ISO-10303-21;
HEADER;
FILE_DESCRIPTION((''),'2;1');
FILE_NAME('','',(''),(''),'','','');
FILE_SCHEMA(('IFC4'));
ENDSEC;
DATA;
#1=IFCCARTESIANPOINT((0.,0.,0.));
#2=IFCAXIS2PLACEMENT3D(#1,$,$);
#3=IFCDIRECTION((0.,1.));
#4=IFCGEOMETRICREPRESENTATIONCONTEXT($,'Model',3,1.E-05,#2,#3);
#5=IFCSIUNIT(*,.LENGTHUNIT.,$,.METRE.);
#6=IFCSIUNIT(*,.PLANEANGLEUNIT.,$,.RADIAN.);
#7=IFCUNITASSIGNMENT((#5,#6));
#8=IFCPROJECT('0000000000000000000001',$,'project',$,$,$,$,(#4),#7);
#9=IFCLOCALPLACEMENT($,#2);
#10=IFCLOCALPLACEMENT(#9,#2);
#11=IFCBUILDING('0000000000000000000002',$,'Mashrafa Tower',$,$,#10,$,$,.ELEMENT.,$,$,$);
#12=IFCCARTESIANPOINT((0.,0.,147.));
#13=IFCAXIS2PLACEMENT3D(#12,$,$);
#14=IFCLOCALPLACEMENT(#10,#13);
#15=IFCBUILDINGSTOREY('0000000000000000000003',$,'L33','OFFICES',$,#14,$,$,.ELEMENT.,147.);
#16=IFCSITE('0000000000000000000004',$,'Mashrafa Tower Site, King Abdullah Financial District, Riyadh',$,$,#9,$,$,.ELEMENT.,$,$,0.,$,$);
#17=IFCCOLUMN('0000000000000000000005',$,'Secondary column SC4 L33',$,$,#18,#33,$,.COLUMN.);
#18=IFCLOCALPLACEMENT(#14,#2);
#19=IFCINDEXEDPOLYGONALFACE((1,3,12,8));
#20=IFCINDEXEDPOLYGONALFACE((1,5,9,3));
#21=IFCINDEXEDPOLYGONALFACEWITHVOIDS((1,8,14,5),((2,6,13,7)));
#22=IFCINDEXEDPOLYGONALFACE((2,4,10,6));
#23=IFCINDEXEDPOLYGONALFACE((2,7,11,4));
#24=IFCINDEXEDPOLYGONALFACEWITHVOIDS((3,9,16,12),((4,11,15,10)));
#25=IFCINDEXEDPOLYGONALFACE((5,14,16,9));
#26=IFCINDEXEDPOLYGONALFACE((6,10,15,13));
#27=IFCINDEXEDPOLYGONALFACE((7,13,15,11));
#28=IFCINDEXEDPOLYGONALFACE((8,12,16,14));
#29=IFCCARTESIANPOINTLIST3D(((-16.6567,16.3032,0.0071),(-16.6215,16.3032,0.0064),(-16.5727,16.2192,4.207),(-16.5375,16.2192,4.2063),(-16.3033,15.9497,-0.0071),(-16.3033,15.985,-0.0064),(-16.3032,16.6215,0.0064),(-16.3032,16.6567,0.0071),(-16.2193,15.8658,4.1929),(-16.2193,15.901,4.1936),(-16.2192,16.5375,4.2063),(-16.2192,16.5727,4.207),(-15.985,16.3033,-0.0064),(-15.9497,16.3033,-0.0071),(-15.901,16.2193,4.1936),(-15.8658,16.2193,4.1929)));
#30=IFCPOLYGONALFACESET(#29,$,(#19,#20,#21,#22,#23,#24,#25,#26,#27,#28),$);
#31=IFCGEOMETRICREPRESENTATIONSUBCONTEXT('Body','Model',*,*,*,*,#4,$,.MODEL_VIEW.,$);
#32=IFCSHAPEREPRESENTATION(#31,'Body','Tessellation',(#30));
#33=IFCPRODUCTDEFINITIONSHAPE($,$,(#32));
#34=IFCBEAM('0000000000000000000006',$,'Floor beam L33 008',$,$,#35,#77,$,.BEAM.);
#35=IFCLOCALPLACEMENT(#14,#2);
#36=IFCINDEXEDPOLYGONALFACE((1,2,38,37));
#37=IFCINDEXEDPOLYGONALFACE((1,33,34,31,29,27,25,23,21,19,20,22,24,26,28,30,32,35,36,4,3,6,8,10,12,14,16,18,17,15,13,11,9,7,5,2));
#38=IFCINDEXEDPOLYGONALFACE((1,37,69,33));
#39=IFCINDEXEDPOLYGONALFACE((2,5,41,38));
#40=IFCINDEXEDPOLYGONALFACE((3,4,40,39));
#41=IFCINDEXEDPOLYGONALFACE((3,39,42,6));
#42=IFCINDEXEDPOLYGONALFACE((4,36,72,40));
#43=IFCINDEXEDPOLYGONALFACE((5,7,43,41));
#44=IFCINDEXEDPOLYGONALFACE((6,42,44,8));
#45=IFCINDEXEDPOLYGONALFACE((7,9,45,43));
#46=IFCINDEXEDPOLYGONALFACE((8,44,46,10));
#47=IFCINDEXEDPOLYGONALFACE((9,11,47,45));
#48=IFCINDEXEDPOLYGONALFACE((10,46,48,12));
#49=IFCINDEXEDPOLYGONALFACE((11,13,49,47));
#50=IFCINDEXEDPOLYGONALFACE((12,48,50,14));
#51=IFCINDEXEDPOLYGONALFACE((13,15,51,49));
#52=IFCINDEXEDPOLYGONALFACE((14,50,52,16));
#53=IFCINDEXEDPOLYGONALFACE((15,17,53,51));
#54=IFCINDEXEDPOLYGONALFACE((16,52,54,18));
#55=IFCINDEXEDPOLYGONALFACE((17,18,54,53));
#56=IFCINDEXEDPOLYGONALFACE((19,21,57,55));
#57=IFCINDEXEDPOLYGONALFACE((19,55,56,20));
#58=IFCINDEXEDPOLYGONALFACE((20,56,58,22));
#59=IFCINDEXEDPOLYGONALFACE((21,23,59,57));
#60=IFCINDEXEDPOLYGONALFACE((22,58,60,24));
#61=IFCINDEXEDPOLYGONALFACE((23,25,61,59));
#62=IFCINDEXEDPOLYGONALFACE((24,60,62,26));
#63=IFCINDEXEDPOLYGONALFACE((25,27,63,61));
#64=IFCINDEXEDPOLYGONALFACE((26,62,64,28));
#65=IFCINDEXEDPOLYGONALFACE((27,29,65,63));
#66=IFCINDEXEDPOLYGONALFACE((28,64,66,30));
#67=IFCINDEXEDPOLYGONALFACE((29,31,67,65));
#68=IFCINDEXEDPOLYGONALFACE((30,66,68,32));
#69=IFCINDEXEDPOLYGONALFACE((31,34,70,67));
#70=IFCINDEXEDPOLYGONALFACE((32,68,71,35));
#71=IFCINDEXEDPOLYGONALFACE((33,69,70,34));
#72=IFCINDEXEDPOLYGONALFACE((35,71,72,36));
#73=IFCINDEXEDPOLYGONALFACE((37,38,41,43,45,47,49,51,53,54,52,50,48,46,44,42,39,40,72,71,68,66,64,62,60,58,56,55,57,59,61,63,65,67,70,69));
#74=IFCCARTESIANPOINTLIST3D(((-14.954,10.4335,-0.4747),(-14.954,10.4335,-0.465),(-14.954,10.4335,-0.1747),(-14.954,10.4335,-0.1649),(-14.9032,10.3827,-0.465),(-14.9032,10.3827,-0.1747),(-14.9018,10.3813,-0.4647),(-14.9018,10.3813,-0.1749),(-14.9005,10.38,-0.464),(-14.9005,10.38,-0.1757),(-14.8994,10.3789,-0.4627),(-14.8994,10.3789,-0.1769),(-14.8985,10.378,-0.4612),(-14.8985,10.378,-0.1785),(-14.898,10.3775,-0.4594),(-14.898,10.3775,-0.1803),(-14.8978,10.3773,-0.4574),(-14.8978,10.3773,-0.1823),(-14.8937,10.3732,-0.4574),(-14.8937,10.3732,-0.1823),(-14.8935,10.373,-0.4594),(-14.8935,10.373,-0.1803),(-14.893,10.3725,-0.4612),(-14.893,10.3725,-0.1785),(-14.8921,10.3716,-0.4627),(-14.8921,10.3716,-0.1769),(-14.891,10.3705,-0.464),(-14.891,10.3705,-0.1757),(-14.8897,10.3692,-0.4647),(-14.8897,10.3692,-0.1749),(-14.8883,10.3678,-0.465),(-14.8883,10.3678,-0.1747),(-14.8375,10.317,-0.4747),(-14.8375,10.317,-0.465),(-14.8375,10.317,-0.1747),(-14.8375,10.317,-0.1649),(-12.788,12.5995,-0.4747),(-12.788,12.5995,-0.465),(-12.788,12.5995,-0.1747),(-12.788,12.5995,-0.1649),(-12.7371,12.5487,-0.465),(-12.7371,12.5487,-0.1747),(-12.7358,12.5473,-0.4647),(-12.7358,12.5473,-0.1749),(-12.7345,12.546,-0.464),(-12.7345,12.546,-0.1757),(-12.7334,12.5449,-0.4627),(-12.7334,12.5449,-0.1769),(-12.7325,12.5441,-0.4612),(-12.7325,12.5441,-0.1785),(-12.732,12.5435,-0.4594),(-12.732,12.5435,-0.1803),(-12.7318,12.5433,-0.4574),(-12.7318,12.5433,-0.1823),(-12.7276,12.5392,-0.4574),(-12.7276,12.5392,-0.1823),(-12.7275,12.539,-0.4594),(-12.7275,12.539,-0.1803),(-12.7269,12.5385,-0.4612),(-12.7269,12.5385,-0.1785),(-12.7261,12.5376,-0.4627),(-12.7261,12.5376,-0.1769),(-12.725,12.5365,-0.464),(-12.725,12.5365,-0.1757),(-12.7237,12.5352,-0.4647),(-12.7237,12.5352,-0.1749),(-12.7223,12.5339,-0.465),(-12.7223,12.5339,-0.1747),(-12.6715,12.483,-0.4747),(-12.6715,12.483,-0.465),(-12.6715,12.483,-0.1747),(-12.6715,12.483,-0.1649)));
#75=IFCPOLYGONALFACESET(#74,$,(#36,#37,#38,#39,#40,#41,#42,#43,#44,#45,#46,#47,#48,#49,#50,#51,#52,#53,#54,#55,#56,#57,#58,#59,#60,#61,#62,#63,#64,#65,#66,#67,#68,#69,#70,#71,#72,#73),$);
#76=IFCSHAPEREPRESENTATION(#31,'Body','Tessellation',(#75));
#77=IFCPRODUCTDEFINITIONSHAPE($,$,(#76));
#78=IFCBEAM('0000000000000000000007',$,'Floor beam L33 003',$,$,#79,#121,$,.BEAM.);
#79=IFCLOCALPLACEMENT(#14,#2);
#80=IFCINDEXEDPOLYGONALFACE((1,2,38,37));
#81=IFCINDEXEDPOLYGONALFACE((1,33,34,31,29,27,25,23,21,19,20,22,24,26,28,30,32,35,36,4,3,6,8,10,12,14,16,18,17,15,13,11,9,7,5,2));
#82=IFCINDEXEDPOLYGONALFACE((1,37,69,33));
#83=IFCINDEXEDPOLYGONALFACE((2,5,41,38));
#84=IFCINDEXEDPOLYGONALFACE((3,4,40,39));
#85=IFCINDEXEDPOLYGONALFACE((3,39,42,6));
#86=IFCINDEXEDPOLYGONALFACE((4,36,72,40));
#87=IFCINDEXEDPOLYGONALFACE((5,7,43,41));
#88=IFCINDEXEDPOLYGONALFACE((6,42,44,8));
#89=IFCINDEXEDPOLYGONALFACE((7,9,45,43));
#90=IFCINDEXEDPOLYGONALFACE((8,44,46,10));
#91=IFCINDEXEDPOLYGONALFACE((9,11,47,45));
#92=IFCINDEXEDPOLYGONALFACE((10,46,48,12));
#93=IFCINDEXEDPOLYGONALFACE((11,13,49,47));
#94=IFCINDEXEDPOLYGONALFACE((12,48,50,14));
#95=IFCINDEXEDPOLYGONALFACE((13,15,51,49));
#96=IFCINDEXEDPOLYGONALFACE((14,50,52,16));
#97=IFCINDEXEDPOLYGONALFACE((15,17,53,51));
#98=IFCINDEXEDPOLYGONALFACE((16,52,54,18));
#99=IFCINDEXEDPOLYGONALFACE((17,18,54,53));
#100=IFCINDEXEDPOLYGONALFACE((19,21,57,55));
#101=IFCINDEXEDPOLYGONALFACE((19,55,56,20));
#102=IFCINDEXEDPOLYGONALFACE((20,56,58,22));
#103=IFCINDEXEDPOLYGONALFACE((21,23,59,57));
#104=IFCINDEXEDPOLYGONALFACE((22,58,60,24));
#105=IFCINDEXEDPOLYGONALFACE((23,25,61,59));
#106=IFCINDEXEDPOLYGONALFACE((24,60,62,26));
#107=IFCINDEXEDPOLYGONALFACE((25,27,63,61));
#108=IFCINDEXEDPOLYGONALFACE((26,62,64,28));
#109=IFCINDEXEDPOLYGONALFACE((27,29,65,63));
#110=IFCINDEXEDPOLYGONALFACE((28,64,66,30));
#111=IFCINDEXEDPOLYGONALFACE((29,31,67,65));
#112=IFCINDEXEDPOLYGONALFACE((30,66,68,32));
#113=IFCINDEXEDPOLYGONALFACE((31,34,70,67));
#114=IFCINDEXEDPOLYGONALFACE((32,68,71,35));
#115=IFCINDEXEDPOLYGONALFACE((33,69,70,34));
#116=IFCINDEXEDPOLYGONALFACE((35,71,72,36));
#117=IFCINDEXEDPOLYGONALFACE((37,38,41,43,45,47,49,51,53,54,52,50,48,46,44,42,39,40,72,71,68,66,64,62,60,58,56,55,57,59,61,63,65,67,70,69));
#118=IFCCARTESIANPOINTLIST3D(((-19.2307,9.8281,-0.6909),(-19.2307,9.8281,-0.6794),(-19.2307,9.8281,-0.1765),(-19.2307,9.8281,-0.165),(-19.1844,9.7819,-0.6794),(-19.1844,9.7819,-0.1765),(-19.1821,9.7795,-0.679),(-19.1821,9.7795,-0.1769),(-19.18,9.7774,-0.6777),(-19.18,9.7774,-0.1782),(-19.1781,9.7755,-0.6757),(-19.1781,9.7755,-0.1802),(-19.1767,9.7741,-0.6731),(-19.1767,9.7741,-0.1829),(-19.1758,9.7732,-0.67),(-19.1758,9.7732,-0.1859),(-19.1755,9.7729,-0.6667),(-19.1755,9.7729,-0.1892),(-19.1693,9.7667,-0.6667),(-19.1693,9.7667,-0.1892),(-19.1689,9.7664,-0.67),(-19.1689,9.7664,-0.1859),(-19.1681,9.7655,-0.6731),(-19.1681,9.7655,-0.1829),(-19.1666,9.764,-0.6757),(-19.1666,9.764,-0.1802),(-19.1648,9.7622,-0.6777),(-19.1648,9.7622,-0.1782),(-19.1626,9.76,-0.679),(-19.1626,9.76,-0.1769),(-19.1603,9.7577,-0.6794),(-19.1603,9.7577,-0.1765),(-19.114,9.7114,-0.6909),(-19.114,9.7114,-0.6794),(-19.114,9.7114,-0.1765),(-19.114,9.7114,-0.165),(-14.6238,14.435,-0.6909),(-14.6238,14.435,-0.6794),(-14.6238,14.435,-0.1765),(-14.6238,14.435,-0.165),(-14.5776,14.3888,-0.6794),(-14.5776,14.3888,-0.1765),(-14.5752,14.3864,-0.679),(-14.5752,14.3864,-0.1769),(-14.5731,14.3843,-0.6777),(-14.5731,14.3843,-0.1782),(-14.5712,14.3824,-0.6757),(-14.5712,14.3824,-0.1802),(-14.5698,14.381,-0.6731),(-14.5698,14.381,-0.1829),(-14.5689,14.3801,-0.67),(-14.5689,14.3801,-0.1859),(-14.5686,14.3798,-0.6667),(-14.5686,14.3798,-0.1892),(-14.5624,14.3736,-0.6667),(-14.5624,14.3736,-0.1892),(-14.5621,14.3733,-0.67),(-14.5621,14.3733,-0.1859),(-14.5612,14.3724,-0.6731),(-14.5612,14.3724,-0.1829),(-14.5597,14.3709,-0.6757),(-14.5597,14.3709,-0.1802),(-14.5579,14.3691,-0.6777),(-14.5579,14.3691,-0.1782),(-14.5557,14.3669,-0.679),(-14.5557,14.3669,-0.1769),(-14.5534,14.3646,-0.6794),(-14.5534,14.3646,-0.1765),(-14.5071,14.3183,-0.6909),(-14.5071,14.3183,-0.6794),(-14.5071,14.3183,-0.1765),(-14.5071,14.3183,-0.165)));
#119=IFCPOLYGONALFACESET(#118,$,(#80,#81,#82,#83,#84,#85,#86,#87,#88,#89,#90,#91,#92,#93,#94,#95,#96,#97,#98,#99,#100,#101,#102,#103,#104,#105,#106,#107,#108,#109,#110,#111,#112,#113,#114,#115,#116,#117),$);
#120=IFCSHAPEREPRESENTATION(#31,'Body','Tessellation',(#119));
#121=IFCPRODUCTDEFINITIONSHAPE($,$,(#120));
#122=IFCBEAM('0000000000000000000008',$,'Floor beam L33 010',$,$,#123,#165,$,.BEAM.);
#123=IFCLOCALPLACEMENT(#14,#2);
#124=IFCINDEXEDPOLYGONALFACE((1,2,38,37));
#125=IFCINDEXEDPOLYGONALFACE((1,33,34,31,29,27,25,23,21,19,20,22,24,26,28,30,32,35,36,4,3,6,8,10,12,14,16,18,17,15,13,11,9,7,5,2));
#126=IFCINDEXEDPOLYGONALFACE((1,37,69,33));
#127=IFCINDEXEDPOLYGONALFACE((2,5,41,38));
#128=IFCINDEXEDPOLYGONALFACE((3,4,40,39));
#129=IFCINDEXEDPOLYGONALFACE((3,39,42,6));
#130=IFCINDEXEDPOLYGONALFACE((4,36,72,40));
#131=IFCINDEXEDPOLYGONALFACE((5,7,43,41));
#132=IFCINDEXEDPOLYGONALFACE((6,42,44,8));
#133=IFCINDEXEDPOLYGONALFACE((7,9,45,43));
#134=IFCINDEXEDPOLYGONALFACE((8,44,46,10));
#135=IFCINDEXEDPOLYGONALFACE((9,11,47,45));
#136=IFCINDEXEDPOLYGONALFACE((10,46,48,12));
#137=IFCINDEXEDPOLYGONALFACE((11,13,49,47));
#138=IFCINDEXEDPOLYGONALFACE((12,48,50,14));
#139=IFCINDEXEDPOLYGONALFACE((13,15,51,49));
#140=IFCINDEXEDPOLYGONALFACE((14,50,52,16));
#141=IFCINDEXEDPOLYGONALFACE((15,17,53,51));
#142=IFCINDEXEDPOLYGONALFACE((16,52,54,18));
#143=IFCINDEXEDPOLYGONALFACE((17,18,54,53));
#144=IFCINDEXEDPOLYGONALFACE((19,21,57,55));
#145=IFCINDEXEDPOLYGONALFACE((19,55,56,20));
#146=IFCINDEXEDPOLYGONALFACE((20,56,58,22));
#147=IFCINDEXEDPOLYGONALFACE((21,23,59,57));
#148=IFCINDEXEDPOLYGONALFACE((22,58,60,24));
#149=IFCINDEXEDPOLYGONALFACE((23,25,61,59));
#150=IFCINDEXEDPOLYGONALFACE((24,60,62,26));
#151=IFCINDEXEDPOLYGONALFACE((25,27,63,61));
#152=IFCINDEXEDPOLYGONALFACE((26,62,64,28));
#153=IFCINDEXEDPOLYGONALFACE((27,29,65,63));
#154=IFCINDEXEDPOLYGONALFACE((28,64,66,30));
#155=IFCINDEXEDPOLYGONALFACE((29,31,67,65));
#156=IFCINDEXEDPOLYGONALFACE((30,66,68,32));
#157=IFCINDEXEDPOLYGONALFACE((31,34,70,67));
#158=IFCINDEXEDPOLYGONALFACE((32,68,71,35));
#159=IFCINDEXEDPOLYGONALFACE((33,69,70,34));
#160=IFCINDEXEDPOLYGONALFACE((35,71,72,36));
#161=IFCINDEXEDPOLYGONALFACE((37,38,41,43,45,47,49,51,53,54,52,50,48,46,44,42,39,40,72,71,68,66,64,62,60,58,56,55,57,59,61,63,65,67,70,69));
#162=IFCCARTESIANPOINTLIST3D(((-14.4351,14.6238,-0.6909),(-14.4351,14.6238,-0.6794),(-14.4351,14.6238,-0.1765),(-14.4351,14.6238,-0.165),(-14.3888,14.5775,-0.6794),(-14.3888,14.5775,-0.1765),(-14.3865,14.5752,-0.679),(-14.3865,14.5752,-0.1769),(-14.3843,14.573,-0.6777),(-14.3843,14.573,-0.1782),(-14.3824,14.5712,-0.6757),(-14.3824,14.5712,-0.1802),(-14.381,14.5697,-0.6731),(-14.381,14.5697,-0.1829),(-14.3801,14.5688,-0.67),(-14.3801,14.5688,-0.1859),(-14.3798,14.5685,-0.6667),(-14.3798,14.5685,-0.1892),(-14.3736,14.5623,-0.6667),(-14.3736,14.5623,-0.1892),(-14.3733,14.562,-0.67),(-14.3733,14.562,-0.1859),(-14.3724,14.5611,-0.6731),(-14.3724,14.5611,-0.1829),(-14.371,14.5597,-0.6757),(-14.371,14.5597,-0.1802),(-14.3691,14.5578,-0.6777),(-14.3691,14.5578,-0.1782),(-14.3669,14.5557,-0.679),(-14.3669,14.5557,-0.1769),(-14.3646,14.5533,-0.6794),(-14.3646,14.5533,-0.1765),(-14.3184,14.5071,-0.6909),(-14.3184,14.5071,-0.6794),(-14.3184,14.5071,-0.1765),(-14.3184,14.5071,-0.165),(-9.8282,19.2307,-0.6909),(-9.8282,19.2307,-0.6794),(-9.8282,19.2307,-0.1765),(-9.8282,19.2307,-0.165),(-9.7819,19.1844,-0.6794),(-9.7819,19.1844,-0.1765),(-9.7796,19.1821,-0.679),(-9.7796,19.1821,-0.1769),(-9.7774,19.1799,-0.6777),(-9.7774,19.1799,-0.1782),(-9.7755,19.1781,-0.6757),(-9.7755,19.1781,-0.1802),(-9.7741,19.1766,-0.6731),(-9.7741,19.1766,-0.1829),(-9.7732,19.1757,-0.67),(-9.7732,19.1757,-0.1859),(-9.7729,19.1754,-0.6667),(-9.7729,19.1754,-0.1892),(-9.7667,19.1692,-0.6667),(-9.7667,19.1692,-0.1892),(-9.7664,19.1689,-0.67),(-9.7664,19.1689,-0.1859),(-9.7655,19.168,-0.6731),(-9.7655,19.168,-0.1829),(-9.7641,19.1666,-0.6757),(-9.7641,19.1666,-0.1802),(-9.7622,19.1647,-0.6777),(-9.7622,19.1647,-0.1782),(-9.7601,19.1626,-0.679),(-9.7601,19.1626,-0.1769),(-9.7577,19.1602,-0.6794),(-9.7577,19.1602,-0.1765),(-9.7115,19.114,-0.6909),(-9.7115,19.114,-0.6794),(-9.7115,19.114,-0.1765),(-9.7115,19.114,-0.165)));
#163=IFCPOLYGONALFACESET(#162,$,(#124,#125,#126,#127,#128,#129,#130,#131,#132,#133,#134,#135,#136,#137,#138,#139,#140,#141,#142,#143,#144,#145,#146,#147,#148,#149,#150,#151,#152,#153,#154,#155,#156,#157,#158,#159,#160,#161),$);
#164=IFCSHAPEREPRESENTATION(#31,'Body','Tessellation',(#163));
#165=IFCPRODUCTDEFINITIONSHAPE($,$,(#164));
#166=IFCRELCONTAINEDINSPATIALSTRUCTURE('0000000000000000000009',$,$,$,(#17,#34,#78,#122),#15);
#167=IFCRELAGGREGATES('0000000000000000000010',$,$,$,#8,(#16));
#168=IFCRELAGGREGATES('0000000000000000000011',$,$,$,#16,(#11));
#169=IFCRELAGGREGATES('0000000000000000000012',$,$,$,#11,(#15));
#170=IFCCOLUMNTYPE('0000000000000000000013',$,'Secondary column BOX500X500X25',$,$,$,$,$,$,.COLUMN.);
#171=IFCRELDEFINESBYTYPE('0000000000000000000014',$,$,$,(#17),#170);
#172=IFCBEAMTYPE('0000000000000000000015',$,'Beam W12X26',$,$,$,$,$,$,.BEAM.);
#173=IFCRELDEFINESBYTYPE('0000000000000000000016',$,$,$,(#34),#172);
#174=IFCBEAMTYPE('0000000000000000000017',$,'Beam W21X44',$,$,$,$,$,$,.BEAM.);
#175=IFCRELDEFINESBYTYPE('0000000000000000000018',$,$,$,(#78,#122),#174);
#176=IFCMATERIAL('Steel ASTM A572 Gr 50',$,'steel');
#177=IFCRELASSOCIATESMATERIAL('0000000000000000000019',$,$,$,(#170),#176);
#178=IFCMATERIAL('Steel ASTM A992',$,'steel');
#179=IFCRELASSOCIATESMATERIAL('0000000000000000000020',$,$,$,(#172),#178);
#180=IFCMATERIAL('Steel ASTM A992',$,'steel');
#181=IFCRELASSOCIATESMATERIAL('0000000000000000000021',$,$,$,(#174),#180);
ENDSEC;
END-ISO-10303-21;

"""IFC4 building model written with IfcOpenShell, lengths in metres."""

from ifc_helpers import new_model, si_unit, direction, frame, origin, origin_2d, place, context, subcontext, project, spatial, hollow_rectangle, i_section, extrude, material, material_profile, profile_set, type_object, element, save


model = new_model("IFC4")

# Units and contexts
model_context = context("Model", 3, precision=1e-05, world=origin(), true_north=direction((0.0, 1.0)))
body_context = subcontext(model_context, "Body", "Model", "MODEL_VIEW")
ifc_project = project(units=[si_unit("LENGTHUNIT", "METRE"), si_unit("PLANEANGLEUNIT", "RADIAN")], contexts=[model_context])

# Site, building, storey
site_placement = place(None, origin())
site = spatial("IfcSite", under=ifc_project, at=site_placement, Name="Mashrafa Tower Site, King Abdullah Financial District, Riyadh", CompositionType="ELEMENT", RefElevation=0.0)
building_placement = place(site_placement, origin())
building = spatial("IfcBuilding", under=site, at=building_placement, Name="Mashrafa Tower", CompositionType="ELEMENT")
storey_placement = place(building_placement, frame((0.0, 0.0, 147.0)))
storey = spatial("IfcBuildingStorey", under=building, at=storey_placement, Name="L33", Description="OFFICES", CompositionType="ELEMENT", Elevation=147.0)

# Column
ifc_material_1 = material(Name="Steel ASTM A572 Gr 50", Category="steel")
ifc_material_profile_1 = material_profile(ifc_material_1, hollow_rectangle(XDim=0.5, YDim=0.5, WallThickness=0.0249, at=origin_2d()), Name="BOX500X500X25")
ifc_profile_set_1 = profile_set([ifc_material_profile_1], Name="Steel ASTM A572 Gr 50")
column_type = type_object("IfcColumnType", Name="Secondary column BOX500X500X25", PredefinedType="COLUMN", material=ifc_profile_set_1)
column_placement = place(storey_placement, frame((-16.3032, 16.3032, 0.0), z_axis=(0.019989, -0.019989, 0.9996), x_axis=(0.707107, 0.707107, 0.0)))
element("IfcColumn", 1, at=column_placement, inside=storey, type_object=column_type, Name="Secondary column SC4 L33", PredefinedType="COLUMN", context=body_context, shape_type="SweptSolid", body=[
    extrude(hollow_rectangle(XDim=0.5, YDim=0.5, WallThickness=0.0249, at=origin_2d()), origin(), (0.0, 0.0, 1.0), 4.2017),
])

# Beams
ifc_material_2 = material(Name="Steel ASTM A992", Category="steel")
ifc_material_profile_2 = material_profile(ifc_material_2, i_section(OverallWidth=0.1648, OverallDepth=0.3098, WebThickness=0.0059, FlangeThickness=0.0098, FilletRadius=0.0076, at=origin_2d()), Name="W12X26")
ifc_profile_set_2 = profile_set([ifc_material_profile_2], Name="Steel ASTM A992")
beam_type_1 = type_object("IfcBeamType", Name="Beam W12X26", PredefinedType="BEAM", material=ifc_profile_set_2)
beam_1_placement = place(storey_placement, frame((-14.8958, 10.3752, -0.3198), z_axis=(0.707107, 0.707107, 0.0), x_axis=(-0.707107, 0.707107, 0.0)))
element("IfcBeam", 2, at=beam_1_placement, inside=storey, type_object=beam_type_1, Name="Floor beam L33 008", PredefinedType="BEAM", context=body_context, shape_type="SweptSolid", body=[
    extrude(i_section(OverallWidth=0.1648, OverallDepth=0.3098, WebThickness=0.0059, FlangeThickness=0.0098, FilletRadius=0.0076, at=origin_2d()), origin(), (0.0, 0.0, 1.0), 3.0632),
])
ifc_material_3 = material(Name="Steel ASTM A992", Category="steel")
ifc_material_profile_3 = material_profile(ifc_material_3, i_section(OverallWidth=0.165, OverallDepth=0.5259, WebThickness=0.0088, FlangeThickness=0.0115, FilletRadius=0.0127, at=origin_2d()), Name="W21X44")
ifc_profile_set_3 = profile_set([ifc_material_profile_3], Name="Steel ASTM A992")
beam_type_2 = type_object("IfcBeamType", Name="Beam W21X44", PredefinedType="BEAM", material=ifc_profile_set_3)
for number, where, z_axis, x_axis, name in (
    (3, (-19.1724, 9.7698, -0.428), (0.707107, 0.707107, 0.0), (-0.707107, 0.707107, 0.0), "Floor beam L33 003"),
    (4, (-14.3767, 14.5654, -0.428), (0.707107, 0.707107, 0.0), (-0.707107, 0.707107, 0.0), "Floor beam L33 010"),
):
    element("IfcBeam", number, at=place(storey_placement, frame(where, z_axis=z_axis, x_axis=x_axis)), inside=storey, type_object=beam_type_2, Name=name, PredefinedType="BEAM", context=body_context, shape_type="SweptSolid", body=[
        extrude(i_section(OverallWidth=0.165, OverallDepth=0.5259, WebThickness=0.0088, FlangeThickness=0.0115, FilletRadius=0.0127, at=origin_2d()), origin(), (0.0, 0.0, 1.0), 6.5151),
    ])

save(model, "model.ifc")
